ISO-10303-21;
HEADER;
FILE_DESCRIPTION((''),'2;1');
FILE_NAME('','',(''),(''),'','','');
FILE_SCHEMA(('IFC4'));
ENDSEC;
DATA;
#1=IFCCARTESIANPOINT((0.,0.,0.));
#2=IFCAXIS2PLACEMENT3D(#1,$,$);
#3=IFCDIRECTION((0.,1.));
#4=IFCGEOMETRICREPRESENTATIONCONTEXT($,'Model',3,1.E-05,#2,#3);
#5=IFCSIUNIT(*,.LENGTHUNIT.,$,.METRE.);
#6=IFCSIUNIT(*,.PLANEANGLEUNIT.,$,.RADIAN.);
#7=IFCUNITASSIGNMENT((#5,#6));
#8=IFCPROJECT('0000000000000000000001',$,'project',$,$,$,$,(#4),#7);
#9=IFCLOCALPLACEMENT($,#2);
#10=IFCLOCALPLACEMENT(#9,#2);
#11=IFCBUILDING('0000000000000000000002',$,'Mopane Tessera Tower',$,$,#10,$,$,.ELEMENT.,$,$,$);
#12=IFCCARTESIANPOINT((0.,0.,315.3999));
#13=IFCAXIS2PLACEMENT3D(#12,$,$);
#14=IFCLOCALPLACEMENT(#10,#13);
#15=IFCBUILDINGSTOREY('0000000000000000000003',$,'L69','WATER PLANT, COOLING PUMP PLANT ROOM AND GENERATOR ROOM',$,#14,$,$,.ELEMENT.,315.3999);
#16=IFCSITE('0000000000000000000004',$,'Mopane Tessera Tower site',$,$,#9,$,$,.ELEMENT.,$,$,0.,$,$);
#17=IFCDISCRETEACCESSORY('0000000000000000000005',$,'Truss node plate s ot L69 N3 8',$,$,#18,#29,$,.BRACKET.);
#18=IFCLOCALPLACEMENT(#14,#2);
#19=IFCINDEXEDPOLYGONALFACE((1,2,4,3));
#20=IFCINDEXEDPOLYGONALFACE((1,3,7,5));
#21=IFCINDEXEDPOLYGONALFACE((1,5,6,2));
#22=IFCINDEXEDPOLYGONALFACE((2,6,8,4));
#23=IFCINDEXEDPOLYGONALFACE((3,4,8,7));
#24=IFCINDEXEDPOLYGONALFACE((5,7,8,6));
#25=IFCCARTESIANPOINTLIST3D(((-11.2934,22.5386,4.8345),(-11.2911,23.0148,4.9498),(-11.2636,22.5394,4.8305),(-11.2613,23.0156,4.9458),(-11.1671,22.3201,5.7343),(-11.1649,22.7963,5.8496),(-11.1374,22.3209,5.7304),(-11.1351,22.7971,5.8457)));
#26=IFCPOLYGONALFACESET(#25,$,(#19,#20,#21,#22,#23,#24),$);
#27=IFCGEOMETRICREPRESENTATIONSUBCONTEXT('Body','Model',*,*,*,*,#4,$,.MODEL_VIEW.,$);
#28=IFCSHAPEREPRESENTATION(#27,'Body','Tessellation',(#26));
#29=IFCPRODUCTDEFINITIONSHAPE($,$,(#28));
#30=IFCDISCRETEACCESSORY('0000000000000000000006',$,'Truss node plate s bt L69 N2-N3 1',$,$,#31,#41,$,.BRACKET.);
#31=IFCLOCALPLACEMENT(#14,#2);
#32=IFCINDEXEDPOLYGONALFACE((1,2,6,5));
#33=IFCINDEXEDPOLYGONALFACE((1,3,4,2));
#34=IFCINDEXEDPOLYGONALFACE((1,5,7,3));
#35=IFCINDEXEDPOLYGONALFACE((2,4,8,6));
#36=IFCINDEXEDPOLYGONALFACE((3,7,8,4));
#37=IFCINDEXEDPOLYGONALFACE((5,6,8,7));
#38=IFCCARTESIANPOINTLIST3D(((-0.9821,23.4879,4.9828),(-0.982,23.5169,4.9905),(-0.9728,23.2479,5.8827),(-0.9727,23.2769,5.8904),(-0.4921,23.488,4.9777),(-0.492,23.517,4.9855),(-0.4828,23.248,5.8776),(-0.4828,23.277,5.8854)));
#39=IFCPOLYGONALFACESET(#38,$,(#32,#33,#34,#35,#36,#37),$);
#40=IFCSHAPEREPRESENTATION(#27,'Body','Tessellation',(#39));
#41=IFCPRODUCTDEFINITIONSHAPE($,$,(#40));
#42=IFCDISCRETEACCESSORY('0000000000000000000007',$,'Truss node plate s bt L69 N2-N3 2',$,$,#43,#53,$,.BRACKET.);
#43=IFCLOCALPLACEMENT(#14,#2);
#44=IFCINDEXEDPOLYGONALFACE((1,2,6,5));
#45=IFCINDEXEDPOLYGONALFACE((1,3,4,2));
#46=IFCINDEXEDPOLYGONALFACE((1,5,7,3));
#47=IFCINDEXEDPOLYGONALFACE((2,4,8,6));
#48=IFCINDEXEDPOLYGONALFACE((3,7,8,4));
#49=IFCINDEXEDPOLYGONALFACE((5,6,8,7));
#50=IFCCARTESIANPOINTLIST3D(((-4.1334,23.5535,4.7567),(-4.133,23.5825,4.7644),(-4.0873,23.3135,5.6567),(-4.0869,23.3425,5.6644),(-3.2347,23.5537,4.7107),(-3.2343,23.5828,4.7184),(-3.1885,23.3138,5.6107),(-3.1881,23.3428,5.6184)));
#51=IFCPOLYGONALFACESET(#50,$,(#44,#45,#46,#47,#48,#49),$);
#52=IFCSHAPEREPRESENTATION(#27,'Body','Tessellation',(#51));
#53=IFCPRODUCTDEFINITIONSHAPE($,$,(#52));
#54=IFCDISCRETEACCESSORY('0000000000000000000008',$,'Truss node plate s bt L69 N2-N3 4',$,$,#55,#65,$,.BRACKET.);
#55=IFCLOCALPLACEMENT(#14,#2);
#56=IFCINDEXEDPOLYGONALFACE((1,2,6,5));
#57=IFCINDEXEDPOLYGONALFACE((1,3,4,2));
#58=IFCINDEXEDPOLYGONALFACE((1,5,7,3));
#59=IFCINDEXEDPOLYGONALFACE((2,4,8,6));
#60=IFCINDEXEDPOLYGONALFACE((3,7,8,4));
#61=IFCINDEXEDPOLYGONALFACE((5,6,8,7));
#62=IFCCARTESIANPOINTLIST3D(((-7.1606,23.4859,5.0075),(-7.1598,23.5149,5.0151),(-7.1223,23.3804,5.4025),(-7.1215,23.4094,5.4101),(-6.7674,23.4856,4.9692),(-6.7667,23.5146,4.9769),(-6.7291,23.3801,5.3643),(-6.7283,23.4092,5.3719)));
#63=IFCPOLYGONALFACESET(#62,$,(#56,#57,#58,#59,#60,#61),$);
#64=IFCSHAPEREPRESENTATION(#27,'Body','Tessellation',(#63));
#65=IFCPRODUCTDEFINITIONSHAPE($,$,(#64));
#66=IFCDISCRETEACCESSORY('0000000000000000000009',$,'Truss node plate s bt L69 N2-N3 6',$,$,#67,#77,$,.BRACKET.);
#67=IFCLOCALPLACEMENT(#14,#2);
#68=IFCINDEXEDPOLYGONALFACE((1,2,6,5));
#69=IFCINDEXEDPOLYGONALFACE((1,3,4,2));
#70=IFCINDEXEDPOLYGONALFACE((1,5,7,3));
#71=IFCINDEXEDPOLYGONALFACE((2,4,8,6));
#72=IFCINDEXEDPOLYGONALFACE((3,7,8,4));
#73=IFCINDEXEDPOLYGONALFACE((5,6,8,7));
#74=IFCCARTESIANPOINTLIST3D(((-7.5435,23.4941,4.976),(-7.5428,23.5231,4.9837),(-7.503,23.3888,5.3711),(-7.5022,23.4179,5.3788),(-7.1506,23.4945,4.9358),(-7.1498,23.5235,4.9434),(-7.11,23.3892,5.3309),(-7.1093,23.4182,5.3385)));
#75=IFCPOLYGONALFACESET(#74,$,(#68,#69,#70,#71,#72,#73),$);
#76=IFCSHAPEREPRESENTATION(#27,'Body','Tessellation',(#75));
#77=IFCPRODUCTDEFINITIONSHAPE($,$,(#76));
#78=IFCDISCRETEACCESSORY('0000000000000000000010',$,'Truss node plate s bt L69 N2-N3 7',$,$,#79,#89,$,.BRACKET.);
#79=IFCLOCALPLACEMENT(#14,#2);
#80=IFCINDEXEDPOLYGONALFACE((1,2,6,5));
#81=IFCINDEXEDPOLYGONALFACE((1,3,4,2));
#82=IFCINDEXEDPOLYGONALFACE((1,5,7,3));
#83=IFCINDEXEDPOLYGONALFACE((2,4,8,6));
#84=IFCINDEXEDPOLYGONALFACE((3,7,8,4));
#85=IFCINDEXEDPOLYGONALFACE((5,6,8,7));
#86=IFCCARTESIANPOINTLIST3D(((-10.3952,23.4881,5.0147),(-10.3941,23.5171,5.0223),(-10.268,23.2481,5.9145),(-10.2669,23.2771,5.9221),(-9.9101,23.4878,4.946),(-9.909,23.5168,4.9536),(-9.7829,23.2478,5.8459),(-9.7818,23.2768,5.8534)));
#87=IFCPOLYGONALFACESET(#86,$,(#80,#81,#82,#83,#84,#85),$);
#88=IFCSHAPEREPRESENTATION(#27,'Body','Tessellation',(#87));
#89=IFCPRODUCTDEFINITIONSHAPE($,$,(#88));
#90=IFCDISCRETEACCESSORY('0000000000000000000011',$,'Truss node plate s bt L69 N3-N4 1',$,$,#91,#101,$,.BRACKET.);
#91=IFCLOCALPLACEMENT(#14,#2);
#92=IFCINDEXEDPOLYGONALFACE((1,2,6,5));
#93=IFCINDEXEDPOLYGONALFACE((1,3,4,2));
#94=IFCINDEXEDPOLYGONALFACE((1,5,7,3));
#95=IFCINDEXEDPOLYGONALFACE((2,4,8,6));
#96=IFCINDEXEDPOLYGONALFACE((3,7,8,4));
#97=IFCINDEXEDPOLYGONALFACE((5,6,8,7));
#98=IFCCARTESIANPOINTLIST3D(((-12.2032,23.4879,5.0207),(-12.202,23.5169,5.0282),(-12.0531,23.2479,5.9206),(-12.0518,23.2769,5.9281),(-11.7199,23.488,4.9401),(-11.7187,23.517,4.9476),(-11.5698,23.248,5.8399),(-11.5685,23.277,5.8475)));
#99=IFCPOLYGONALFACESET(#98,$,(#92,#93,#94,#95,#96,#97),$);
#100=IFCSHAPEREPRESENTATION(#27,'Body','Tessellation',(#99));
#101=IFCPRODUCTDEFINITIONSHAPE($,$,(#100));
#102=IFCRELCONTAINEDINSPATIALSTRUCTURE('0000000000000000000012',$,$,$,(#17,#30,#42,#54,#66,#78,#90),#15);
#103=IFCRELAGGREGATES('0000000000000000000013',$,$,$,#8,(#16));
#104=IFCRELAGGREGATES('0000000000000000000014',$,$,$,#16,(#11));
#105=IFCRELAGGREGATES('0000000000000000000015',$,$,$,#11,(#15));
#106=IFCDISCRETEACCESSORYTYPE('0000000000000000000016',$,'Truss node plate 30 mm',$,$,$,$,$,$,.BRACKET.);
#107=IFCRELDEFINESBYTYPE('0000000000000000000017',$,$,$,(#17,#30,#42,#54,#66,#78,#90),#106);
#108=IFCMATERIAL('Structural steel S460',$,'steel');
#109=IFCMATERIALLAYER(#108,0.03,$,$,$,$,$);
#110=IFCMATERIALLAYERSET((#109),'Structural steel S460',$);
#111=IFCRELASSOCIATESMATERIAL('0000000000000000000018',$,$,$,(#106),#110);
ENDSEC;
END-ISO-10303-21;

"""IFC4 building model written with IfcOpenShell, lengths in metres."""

from ifc_helpers import new_model, si_unit, direction, frame, origin, origin_2d, place, context, subcontext, project, spatial, rectangle, extrude, material, layer, layer_set, type_object, element, save


model = new_model("IFC4")

# Units and contexts
model_context = context("Model", 3, precision=1e-05, world=origin(), true_north=direction((0.0, 1.0)))
body_context = subcontext(model_context, "Body", "Model", "MODEL_VIEW")
ifc_project = project(units=[si_unit("LENGTHUNIT", "METRE"), si_unit("PLANEANGLEUNIT", "RADIAN")], contexts=[model_context])

# Site, building, storey
site_placement = place(None, origin())
site = spatial("IfcSite", under=ifc_project, at=site_placement, Name="Mopane Tessera Tower site", CompositionType="ELEMENT", RefElevation=0.0)
building_placement = place(site_placement, origin())
building = spatial("IfcBuilding", under=site, at=building_placement, Name="Mopane Tessera Tower", CompositionType="ELEMENT")
storey_placement = place(building_placement, frame((0.0, 0.0, 315.3999)))
storey = spatial("IfcBuildingStorey", under=building, at=storey_placement, Name="L69", Description="WATER PLANT, COOLING PUMP PLANT ROOM AND GENERATOR ROOM", CompositionType="ELEMENT", Elevation=315.3999)

# Discrete accessories
ifc_material_1 = material(Name="Structural steel S460", Category="steel")
ifc_layer_1 = layer(ifc_material_1, 0.03)
ifc_layer_set_1 = layer_set([ifc_layer_1], Name="Structural steel S460")
discrete_accessory_type = type_object("IfcDiscreteAccessoryType", Name="Truss node plate 30 mm", PredefinedType="BRACKET", material=ifc_layer_set_1)
discrete_accessory_1_placement = place(storey_placement, frame((-11.2773, 22.7771, 4.8901), z_axis=(0.135051, -0.233793, 0.962861), x_axis=(-0.990828, -0.02732, 0.13234)))
element("IfcDiscreteAccessory", 1, at=discrete_accessory_1_placement, inside=storey, type_object=discrete_accessory_type, Name="Truss node plate s ot L69 N3 8", PredefinedType="BRACKET", context=body_context, shape_type="SweptSolid", body=[
    extrude(rectangle(XDim=0.03, YDim=0.49, at=origin_2d()), origin(), (0.0, 0.0, 1.0), 0.9346),
])
discrete_accessory_2_placement = place(storey_placement, frame((-0.7371, 23.5024, 4.9841), z_axis=(0.009961, -0.257666, 0.966183), x_axis=(-0.002535, -0.966234, -0.257654)))
element("IfcDiscreteAccessory", 2, at=discrete_accessory_2_placement, inside=storey, type_object=discrete_accessory_type, Name="Truss node plate s bt L69 N2-N3 1", PredefinedType="BRACKET", context=body_context, shape_type="SweptSolid", body=[
    extrude(rectangle(XDim=0.03, YDim=0.49, at=origin_2d()), origin(), (0.0, 0.0, 1.0), 0.9314),
])
discrete_accessory_3_placement = place(storey_placement, frame((-3.6838, 23.5681, 4.7375), z_axis=(0.04947, -0.257298, 0.965065), x_axis=(-0.012867, -0.966332, -0.256977)))
element("IfcDiscreteAccessory", 3, at=discrete_accessory_3_placement, inside=storey, type_object=discrete_accessory_type, Name="Truss node plate s bt L69 N2-N3 2", PredefinedType="BRACKET", context=body_context, shape_type="SweptSolid", body=[
    extrude(rectangle(XDim=0.03, YDim=0.8999, at=origin_2d()), origin(), (0.0, 0.0, 1.0), 0.9326),
])
discrete_accessory_4_placement = place(storey_placement, frame((-6.9636, 23.5002, 4.9922), z_axis=(0.09334, -0.256834, 0.961938), x_axis=(-0.025441, -0.966455, -0.255571)))
element("IfcDiscreteAccessory", 4, at=discrete_accessory_4_placement, inside=storey, type_object=discrete_accessory_type, Name="Truss node plate s bt L69 N2-N3 4", PredefinedType="BRACKET", context=body_context, shape_type="SweptSolid", body=[
    extrude(rectangle(XDim=0.03, YDim=0.395, at=origin_2d()), origin(), (0.0, 0.0, 1.0), 0.4106),
])
discrete_accessory_5_placement = place(storey_placement, frame((-7.3467, 23.5088, 4.9597), z_axis=(0.098655, -0.256147, 0.96159), x_axis=(-0.025143, -0.966637, -0.254912)))
element("IfcDiscreteAccessory", 5, at=discrete_accessory_5_placement, inside=storey, type_object=discrete_accessory_type, Name="Truss node plate s bt L69 N2-N3 6", PredefinedType="BRACKET", context=body_context, shape_type="SweptSolid", body=[
    extrude(rectangle(XDim=0.03, YDim=0.395, at=origin_2d()), origin(), (0.0, 0.0, 1.0), 0.4109),
])
discrete_accessory_6_placement = place(storey_placement, frame((-10.1521, 23.5024, 4.9841), z_axis=(0.135316, -0.255309, 0.957344), x_axis=(-0.036396, -0.966859, -0.252702)))
element("IfcDiscreteAccessory", 6, at=discrete_accessory_6_placement, inside=storey, type_object=discrete_accessory_type, Name="Truss node plate s bt L69 N2-N3 7", PredefinedType="BRACKET", context=body_context, shape_type="SweptSolid", body=[
    extrude(rectangle(XDim=0.03, YDim=0.49, at=origin_2d()), origin(), (0.0, 0.0, 1.0), 0.9399),
])
discrete_accessory_7_placement = place(storey_placement, frame((-11.9609, 23.5024, 4.9841), z_axis=(0.159158, -0.254394, 0.953914), x_axis=(-0.041685, -0.967101, -0.250956)))
element("IfcDiscreteAccessory", 7, at=discrete_accessory_7_placement, inside=storey, type_object=discrete_accessory_type, Name="Truss node plate s bt L69 N3-N4 1", PredefinedType="BRACKET", context=body_context, shape_type="SweptSolid", body=[
    extrude(rectangle(XDim=0.03, YDim=0.49, at=origin_2d()), origin(), (0.0, 0.0, 1.0), 0.9434),
])

save(model, "model.ifc")
